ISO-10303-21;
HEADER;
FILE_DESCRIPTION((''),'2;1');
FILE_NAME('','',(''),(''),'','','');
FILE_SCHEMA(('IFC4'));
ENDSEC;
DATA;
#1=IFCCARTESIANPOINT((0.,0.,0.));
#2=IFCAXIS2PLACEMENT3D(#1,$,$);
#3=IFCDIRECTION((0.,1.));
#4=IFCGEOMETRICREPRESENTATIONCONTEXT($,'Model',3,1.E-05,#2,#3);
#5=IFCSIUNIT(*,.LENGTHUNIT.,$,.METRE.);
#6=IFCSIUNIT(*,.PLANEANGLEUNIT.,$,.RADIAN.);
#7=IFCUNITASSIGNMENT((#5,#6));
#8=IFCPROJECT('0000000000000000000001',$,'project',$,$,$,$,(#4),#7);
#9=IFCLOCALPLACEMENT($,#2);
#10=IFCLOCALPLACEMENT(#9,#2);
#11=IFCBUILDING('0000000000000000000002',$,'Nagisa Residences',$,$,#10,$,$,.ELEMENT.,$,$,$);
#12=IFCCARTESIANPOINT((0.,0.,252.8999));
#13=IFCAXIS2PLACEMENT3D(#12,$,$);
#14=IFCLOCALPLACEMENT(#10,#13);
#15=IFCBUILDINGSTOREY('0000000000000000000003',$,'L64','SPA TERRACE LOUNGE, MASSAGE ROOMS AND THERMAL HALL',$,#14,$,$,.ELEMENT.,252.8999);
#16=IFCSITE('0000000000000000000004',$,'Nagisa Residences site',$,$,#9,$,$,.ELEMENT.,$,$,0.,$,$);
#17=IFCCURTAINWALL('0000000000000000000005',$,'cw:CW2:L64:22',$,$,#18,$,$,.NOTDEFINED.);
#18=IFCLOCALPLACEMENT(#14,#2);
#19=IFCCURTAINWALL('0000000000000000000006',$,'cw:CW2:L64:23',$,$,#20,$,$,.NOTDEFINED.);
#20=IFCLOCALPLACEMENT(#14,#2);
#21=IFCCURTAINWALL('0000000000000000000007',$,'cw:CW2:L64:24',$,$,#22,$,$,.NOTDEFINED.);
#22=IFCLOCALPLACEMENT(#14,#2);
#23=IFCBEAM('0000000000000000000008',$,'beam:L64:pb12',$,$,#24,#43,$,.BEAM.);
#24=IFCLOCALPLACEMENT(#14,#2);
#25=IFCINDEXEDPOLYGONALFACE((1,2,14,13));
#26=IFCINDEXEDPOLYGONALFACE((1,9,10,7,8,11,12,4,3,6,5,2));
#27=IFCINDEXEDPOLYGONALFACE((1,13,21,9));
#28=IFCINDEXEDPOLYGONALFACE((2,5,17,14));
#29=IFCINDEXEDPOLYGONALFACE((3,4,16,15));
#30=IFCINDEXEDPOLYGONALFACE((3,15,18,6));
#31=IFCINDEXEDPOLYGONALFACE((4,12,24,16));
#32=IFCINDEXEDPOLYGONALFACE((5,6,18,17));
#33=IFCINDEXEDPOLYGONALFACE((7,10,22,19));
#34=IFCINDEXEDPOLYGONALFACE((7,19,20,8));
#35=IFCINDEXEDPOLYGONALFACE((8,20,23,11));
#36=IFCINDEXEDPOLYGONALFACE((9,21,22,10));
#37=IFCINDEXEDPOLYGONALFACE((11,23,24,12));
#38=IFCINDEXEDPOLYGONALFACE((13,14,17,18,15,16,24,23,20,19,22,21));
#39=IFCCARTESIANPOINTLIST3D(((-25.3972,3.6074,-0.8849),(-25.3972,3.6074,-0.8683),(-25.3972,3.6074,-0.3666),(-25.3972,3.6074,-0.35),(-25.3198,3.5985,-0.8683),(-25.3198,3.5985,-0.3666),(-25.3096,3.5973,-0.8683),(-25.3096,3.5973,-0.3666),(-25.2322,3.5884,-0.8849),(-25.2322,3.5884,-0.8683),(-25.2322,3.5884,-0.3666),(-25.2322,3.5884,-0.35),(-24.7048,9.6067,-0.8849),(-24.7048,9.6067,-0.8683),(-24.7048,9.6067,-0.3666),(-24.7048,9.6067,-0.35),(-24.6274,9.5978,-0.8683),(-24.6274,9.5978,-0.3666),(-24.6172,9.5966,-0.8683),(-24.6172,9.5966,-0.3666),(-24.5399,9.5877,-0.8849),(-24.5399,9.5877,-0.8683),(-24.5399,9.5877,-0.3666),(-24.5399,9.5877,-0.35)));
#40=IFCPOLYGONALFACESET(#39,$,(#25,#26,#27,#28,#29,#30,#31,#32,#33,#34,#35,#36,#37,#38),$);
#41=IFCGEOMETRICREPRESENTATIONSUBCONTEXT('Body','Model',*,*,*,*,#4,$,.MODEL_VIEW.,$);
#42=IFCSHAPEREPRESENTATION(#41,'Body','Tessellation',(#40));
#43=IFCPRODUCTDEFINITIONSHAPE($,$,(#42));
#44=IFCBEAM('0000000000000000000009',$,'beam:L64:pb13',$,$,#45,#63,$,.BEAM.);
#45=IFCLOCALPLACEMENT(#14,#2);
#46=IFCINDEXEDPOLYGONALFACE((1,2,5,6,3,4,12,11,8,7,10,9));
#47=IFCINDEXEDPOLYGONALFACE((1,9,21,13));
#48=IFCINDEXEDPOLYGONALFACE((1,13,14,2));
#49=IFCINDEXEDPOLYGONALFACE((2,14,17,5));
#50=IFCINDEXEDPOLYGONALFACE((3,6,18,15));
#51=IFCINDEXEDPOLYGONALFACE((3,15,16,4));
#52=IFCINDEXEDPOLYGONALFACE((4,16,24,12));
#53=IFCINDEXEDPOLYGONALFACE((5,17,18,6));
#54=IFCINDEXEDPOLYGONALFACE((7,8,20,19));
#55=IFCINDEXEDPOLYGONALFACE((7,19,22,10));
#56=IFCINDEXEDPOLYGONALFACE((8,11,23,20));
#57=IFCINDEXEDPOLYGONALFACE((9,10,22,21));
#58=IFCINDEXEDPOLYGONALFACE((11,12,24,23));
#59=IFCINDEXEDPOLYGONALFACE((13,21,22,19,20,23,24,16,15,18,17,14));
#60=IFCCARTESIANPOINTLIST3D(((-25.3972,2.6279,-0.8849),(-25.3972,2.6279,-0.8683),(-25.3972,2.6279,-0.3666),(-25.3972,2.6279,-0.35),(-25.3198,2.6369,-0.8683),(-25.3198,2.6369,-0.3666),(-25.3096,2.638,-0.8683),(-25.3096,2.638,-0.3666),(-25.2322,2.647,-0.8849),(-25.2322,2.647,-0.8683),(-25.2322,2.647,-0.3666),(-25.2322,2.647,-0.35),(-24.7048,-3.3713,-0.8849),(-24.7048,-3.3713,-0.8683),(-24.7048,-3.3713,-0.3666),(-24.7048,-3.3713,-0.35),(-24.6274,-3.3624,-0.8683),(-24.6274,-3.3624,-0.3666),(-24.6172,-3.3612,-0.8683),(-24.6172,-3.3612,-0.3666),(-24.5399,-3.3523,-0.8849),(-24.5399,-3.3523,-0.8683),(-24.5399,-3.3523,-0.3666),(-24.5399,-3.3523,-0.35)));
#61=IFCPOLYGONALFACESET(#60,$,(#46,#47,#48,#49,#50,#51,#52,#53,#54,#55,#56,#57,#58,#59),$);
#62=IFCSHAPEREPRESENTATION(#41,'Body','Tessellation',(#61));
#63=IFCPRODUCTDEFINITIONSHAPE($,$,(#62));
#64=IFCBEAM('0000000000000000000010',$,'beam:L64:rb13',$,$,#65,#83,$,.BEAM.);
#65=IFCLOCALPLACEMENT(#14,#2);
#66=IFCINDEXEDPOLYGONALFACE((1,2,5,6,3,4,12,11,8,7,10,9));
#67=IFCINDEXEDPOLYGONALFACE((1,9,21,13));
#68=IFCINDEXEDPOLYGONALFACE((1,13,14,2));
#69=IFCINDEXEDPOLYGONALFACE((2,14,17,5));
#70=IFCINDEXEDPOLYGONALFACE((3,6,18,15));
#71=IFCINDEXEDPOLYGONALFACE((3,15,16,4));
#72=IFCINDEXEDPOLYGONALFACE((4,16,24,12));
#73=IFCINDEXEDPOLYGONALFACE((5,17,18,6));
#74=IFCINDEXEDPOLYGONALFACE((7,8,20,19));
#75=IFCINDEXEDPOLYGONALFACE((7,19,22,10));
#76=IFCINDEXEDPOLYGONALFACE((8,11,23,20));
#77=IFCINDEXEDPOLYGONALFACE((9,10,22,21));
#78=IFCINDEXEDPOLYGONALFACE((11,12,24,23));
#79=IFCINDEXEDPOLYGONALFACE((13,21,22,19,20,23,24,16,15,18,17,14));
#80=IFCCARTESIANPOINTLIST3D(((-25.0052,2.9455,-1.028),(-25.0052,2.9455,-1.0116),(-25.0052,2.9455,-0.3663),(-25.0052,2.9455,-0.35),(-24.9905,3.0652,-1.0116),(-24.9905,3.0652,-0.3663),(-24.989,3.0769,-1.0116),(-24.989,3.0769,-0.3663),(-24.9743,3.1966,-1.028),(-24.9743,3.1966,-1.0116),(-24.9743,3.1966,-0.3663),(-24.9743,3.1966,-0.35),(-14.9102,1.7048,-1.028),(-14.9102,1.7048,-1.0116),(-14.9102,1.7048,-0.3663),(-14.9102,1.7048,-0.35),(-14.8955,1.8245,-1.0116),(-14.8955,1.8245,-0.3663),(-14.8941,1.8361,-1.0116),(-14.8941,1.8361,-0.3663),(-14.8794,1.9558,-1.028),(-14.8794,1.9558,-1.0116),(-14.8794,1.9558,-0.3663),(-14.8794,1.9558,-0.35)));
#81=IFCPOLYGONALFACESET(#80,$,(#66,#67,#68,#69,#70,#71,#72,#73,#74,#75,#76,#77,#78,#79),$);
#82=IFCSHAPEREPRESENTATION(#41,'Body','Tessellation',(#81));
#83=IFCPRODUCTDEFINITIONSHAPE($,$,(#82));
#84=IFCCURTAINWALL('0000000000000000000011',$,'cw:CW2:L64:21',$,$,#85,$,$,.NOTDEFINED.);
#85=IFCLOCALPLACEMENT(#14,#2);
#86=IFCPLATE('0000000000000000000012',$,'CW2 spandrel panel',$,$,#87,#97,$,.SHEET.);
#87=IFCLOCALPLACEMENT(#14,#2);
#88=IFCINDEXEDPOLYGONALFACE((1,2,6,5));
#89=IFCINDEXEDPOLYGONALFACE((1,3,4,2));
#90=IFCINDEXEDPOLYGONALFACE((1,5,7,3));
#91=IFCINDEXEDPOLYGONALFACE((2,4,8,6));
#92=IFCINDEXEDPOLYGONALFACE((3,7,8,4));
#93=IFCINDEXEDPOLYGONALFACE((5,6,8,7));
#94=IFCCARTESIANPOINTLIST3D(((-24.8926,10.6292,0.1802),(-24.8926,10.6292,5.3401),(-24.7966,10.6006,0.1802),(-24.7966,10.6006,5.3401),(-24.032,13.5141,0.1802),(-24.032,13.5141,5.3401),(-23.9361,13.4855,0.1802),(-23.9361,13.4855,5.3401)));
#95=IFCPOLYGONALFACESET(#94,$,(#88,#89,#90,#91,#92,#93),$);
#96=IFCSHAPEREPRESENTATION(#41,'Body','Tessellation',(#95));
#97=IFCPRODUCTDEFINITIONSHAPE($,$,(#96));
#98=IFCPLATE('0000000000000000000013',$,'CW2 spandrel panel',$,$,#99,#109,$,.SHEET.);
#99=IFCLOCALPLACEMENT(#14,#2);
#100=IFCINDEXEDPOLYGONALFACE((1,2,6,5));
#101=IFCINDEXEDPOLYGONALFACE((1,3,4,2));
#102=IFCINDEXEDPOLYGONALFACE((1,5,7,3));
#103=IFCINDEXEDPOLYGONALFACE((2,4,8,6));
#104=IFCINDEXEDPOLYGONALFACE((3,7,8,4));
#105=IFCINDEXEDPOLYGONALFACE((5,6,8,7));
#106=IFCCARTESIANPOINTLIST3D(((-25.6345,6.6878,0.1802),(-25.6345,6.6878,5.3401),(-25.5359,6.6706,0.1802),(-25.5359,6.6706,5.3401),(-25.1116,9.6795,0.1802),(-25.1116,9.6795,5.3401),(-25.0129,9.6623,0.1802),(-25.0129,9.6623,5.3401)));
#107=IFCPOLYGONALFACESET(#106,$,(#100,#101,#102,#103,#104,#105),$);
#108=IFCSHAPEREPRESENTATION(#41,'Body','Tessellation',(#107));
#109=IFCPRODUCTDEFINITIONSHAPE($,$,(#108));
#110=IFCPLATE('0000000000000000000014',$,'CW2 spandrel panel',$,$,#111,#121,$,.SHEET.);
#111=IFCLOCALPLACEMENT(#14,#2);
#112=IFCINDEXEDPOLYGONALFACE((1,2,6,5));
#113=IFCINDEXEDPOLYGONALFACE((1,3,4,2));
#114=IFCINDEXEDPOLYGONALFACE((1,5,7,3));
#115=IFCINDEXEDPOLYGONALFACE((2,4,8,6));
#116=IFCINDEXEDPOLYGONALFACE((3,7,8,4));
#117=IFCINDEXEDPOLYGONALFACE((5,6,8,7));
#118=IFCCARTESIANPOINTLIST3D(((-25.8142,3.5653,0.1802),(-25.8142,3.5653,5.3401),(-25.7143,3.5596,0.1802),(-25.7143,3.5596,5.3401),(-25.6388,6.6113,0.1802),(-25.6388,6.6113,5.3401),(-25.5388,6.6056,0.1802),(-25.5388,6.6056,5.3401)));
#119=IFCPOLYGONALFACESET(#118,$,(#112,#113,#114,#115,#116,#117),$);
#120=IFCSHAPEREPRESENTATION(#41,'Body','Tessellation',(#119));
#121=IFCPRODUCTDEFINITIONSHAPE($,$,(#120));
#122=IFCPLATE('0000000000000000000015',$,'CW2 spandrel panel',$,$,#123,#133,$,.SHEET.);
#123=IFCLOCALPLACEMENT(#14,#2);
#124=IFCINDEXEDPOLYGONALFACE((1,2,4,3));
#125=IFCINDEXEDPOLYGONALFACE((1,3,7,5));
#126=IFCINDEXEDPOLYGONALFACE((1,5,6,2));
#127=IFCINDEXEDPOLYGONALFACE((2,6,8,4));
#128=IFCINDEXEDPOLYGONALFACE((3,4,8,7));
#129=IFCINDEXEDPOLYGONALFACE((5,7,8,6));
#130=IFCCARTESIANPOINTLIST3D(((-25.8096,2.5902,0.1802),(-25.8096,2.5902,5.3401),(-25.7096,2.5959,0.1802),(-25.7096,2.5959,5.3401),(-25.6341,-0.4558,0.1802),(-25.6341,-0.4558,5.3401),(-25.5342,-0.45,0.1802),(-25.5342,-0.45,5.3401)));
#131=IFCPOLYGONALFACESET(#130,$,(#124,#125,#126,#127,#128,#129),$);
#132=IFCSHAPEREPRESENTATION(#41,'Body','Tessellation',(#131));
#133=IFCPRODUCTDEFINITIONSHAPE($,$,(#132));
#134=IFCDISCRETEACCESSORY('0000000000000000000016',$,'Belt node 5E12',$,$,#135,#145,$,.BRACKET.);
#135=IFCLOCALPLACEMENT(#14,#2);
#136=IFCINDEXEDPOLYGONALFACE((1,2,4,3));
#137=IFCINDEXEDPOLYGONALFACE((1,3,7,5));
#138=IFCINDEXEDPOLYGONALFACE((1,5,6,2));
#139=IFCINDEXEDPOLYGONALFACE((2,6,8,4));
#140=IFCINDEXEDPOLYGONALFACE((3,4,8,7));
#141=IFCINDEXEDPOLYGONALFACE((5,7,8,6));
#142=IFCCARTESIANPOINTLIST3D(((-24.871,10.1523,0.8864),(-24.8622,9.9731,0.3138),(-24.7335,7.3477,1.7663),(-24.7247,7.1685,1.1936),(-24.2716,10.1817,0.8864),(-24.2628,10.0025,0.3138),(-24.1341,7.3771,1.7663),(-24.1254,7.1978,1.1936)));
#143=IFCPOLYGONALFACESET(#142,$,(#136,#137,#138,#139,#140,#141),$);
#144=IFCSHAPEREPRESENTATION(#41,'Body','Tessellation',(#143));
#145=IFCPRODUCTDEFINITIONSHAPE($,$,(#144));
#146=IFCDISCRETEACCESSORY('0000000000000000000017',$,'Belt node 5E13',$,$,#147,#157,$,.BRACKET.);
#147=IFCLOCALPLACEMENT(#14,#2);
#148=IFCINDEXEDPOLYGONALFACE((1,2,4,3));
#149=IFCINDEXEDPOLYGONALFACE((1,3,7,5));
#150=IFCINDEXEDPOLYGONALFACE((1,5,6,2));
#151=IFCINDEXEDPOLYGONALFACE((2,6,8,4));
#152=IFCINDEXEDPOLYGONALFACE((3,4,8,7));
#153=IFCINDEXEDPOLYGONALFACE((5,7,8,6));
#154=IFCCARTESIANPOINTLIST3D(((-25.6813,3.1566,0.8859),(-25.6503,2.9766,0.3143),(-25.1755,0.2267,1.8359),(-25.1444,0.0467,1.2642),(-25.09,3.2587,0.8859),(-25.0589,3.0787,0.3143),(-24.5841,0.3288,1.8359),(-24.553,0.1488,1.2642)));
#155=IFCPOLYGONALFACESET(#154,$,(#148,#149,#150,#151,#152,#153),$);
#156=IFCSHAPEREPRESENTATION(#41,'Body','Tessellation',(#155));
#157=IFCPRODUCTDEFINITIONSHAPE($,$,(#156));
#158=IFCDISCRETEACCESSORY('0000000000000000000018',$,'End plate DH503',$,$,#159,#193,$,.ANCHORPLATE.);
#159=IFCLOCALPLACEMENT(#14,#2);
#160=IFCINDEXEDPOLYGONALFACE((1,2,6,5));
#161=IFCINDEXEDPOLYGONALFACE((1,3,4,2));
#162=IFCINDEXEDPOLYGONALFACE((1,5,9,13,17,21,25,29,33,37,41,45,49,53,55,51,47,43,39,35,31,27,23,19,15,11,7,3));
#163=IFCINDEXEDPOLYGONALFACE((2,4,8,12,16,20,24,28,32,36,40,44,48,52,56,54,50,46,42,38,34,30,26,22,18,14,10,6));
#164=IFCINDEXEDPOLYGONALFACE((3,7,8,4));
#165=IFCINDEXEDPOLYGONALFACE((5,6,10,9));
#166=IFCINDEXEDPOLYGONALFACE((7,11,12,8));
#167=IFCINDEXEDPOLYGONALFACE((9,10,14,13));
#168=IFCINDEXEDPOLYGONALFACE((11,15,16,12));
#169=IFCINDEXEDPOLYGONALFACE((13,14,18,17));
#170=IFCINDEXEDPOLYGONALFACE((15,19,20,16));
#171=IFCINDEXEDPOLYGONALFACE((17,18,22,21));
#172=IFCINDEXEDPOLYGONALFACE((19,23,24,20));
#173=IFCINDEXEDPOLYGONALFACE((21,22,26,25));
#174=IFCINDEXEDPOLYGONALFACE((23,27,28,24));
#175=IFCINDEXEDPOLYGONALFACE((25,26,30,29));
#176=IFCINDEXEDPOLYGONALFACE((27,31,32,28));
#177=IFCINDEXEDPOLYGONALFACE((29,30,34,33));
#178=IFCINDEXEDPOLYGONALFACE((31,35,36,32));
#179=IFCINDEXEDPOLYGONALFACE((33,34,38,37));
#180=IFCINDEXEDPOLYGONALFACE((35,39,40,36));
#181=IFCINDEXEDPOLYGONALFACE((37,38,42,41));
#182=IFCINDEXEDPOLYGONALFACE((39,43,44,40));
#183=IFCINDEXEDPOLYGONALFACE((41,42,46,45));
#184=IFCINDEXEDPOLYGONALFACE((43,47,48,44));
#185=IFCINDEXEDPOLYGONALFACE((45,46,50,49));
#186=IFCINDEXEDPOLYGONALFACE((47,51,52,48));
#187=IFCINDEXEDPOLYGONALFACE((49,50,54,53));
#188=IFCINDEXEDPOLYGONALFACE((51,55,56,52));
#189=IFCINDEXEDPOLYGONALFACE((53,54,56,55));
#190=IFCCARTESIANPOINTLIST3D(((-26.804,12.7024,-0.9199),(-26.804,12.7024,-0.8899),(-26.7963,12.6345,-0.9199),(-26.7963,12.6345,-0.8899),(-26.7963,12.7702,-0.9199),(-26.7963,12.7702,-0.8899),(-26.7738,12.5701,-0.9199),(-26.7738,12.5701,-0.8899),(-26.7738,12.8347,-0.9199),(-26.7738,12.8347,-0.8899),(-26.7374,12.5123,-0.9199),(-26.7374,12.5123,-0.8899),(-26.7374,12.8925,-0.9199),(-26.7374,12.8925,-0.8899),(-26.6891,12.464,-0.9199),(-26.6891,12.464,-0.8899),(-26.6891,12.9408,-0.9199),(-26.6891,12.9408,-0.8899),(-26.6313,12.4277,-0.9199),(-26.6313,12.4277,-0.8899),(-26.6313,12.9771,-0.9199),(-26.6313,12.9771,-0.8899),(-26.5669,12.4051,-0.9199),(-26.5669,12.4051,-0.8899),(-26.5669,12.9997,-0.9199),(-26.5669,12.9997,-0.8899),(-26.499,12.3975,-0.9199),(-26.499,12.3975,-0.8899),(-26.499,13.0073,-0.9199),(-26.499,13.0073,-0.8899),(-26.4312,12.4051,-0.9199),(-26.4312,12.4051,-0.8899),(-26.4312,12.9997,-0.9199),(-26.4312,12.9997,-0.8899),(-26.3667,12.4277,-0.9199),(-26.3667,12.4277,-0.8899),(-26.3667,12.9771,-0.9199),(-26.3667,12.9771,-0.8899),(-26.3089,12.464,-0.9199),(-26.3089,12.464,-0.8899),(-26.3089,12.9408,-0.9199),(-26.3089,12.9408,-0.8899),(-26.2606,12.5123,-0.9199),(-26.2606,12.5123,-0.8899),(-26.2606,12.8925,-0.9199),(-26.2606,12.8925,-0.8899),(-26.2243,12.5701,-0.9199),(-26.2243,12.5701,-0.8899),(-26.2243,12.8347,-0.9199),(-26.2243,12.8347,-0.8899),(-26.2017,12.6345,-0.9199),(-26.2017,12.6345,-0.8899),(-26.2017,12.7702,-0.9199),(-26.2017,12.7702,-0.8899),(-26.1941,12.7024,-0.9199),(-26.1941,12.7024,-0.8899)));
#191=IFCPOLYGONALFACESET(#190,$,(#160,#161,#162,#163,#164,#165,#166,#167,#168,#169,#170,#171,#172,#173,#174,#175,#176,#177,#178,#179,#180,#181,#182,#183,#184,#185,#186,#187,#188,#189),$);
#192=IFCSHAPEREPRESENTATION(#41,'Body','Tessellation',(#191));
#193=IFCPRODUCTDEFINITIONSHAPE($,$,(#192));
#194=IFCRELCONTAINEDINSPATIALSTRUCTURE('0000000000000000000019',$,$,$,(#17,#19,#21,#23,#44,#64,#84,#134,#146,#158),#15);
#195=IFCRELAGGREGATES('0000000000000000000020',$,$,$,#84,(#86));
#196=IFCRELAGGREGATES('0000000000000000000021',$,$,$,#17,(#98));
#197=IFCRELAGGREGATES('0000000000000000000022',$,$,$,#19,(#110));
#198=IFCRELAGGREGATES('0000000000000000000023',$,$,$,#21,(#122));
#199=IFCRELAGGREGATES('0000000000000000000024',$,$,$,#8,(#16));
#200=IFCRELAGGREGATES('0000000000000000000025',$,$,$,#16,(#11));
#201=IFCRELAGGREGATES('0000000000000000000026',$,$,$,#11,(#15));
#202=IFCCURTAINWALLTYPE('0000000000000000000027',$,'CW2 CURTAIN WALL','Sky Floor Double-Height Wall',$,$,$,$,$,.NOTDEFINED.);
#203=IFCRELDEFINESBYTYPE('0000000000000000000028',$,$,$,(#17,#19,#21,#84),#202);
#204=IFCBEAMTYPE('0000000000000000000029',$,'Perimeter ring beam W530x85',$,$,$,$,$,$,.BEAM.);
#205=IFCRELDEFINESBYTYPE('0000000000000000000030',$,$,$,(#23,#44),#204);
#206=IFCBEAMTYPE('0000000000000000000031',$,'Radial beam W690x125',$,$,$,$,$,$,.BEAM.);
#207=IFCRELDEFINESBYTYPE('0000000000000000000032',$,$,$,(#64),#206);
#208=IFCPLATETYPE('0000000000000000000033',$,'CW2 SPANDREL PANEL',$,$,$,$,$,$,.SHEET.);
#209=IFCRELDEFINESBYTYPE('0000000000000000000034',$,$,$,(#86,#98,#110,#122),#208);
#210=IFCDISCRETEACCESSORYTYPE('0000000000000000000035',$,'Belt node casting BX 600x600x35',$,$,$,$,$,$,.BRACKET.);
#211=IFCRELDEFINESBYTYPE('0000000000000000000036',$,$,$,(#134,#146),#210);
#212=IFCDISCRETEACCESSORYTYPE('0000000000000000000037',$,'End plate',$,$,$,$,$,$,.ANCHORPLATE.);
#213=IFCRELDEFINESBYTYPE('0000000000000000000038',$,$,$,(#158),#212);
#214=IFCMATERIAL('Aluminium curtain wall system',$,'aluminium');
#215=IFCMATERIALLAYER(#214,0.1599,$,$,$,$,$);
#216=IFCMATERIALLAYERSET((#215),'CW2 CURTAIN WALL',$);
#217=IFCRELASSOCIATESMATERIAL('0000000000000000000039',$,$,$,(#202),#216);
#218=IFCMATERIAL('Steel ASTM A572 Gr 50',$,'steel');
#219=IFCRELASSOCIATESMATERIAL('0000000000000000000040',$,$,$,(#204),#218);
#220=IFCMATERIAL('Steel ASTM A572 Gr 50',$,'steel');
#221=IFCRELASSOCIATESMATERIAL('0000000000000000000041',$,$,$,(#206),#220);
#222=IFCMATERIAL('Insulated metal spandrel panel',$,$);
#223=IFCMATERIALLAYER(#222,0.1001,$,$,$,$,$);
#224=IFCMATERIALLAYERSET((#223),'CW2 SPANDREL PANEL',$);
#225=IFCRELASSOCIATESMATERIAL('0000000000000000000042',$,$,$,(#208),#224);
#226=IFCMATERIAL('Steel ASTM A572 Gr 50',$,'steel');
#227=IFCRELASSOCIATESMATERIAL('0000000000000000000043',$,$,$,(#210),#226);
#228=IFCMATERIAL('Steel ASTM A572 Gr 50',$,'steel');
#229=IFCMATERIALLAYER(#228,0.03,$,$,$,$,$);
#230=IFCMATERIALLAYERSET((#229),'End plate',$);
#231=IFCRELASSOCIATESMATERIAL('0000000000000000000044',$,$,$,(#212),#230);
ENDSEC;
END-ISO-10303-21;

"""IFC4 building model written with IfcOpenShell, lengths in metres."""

from ifc_helpers import new_model, si_unit, direction, frame, origin, origin_2d, place, context, subcontext, project, spatial, rectangle, circle, i_section, extrude, material, layer, layer_set, material_profile, profile_set, type_object, element, aggregate, save


model = new_model("IFC4")

# Units and contexts
model_context = context("Model", 3, precision=1e-05, world=origin(), true_north=direction((0.0, 1.0)))
body_context = subcontext(model_context, "Body", "Model", "MODEL_VIEW")
ifc_project = project(units=[si_unit("LENGTHUNIT", "METRE"), si_unit("PLANEANGLEUNIT", "RADIAN")], contexts=[model_context])

# Site, building, storey
site_placement = place(None, origin())
site = spatial("IfcSite", under=ifc_project, at=site_placement, Name="Nagisa Residences site", CompositionType="ELEMENT", RefElevation=0.0)
building_placement = place(site_placement, origin())
building = spatial("IfcBuilding", under=site, at=building_placement, Name="Nagisa Residences", CompositionType="ELEMENT")
storey_placement = place(building_placement, frame((0.0, 0.0, 252.8999)))
storey = spatial("IfcBuildingStorey", under=building, at=storey_placement, Name="L64", Description="SPA TERRACE LOUNGE, MASSAGE ROOMS AND THERMAL HALL", CompositionType="ELEMENT", Elevation=252.8999)

# Curtain walls
ifc_material_1 = material(Name="Aluminium curtain wall system", Category="aluminium")
ifc_layer_1 = layer(ifc_material_1, 0.1599)
ifc_layer_set_1 = layer_set([ifc_layer_1], Name="CW2 CURTAIN WALL")
curtain_wall_type = type_object("IfcCurtainWallType", Name="CW2 CURTAIN WALL", Description="Sky Floor Double-Height Wall", PredefinedType="NOTDEFINED", material=ifc_layer_set_1)
curtain_wall_1_placement = place(storey_placement, origin())
curtain_wall_1 = element("IfcCurtainWall", 1, at=curtain_wall_1_placement, inside=storey, type_object=curtain_wall_type, Name="cw:CW2:L64:22", PredefinedType="NOTDEFINED")
curtain_wall_2_placement = place(storey_placement, origin())
curtain_wall_2 = element("IfcCurtainWall", 2, at=curtain_wall_2_placement, inside=storey, type_object=curtain_wall_type, Name="cw:CW2:L64:23", PredefinedType="NOTDEFINED")
curtain_wall_3_placement = place(storey_placement, origin())
curtain_wall_3 = element("IfcCurtainWall", 3, at=curtain_wall_3_placement, inside=storey, type_object=curtain_wall_type, Name="cw:CW2:L64:24", PredefinedType="NOTDEFINED")

# Beams
ifc_material_2 = material(Name="Steel ASTM A572 Gr 50", Category="steel")
ifc_material_profile_1 = material_profile(ifc_material_2, i_section(OverallWidth=0.166, OverallDepth=0.5349, WebThickness=0.0103, FlangeThickness=0.0166, at=origin_2d()), Name="W530x85")
ifc_profile_set_1 = profile_set([ifc_material_profile_1], Name="Steel ASTM A572 Gr 50")
beam_type_1 = type_object("IfcBeamType", Name="Perimeter ring beam W530x85", PredefinedType="BEAM", material=ifc_profile_set_1)
for number, where, z_axis, x_axis, name in (
    (4, (-24.6223, 9.5972, -0.6174), (-0.11465, -0.993406, 0.0), (0.993406, -0.11465, 0.0), "beam:L64:pb12"),
    (5, (-25.3147, 2.6375, -0.6174), (0.11465, -0.993406, 0.0), (0.993406, 0.11465, 0.0), "beam:L64:pb13"),
):
    element("IfcBeam", number, at=place(storey_placement, frame(where, z_axis=z_axis, x_axis=x_axis)), inside=storey, type_object=beam_type_1, Name=name, PredefinedType="BEAM", context=body_context, shape_type="SweptSolid", body=[
        extrude(i_section(OverallWidth=0.166, OverallDepth=0.5349, WebThickness=0.0103, FlangeThickness=0.0166, at=origin_2d()), origin(), (0.0, 0.0, 1.0), 6.0391),
    ])
ifc_material_3 = material(Name="Steel ASTM A572 Gr 50", Category="steel")
ifc_material_profile_2 = material_profile(ifc_material_3, i_section(OverallWidth=0.2529, OverallDepth=0.678, WebThickness=0.0117, FlangeThickness=0.0164, at=origin_2d()), Name="W690x125")
ifc_profile_set_2 = profile_set([ifc_material_profile_2], Name="Steel ASTM A572 Gr 50")
beam_type_2 = type_object("IfcBeamType", Name="Radial beam W690x125", PredefinedType="BEAM", material=ifc_profile_set_2)
beam_1_placement = place(storey_placement, frame((-24.9897, 3.071, -0.689), z_axis=(0.992532, -0.121987, 0.0), x_axis=(0.121987, 0.992532, 0.0)))
element("IfcBeam", 6, at=beam_1_placement, inside=storey, type_object=beam_type_2, Name="beam:L64:rb13", PredefinedType="BEAM", context=body_context, shape_type="SweptSolid", body=[
    extrude(i_section(OverallWidth=0.2529, OverallDepth=0.678, WebThickness=0.0117, FlangeThickness=0.0164, at=origin_2d()), origin(), (0.0, 0.0, 1.0), 10.1709),
])

# Curtain wall, plate
curtain_wall_4_placement = place(storey_placement, origin())
curtain_wall_4 = element("IfcCurtainWall", 7, at=curtain_wall_4_placement, inside=storey, type_object=curtain_wall_type, Name="cw:CW2:L64:21", PredefinedType="NOTDEFINED")
ifc_material_4 = material(Name="Insulated metal spandrel panel")
ifc_layer_2 = layer(ifc_material_4, 0.1001)
ifc_layer_set_2 = layer_set([ifc_layer_2], Name="CW2 SPANDREL PANEL")
plate_type = type_object("IfcPlateType", Name="CW2 SPANDREL PANEL", PredefinedType="SHEET", material=ifc_layer_set_2)
plate_1_placement = place(storey_placement, frame((-24.4143, 12.0574, 0.1802), z_axis=(0.0, 0.0, 1.0), x_axis=(-0.28586, -0.958271, 0.0)))
plate_1 = element("IfcPlate", 8, at=plate_1_placement, type_object=plate_type, Name="CW2 spandrel panel", PredefinedType="SHEET", context=body_context, shape_type="SweptSolid", body=[
    extrude(rectangle(XDim=3.0105, YDim=0.1001, at=origin_2d()), origin(), (0.0, 0.0, 1.0), 5.1599),
])
aggregate(curtain_wall_4, [plate_1])

# Plates
plate_2_placement = place(storey_placement, frame((-25.3237, 8.175, 0.1802), z_axis=(0.0, 0.0, 1.0), x_axis=(-0.172191, -0.985064, 0.0)))
plate_2 = element("IfcPlate", 9, at=plate_2_placement, type_object=plate_type, Name="CW2 spandrel panel", PredefinedType="SHEET", context=body_context, shape_type="SweptSolid", body=[
    extrude(rectangle(XDim=3.0371, YDim=0.1001, at=origin_2d()), origin(), (0.0, 0.0, 1.0), 5.1599),
])
aggregate(curtain_wall_1, [plate_2])
plate_3_placement = place(storey_placement, frame((-25.6765, 5.0854, 0.1802), z_axis=(0.0, 0.0, 1.0), x_axis=(-0.057503, -0.998345, 0.0)))
plate_3 = element("IfcPlate", 10, at=plate_3_placement, type_object=plate_type, Name="CW2 spandrel panel", PredefinedType="SHEET", context=body_context, shape_type="SweptSolid", body=[
    extrude(rectangle(XDim=3.051, YDim=0.1001, at=origin_2d()), origin(), (0.0, 0.0, 1.0), 5.1599),
])
aggregate(curtain_wall_2, [plate_3])
plate_4_placement = place(storey_placement, frame((-25.6719, 1.0701, 0.1802), z_axis=(0.0, 0.0, 1.0), x_axis=(0.057503, -0.998345, 0.0)))
plate_4 = element("IfcPlate", 11, at=plate_4_placement, type_object=plate_type, Name="CW2 spandrel panel", PredefinedType="SHEET", context=body_context, shape_type="SweptSolid", body=[
    extrude(rectangle(XDim=3.051, YDim=0.1001, at=origin_2d()), origin(), (0.0, 0.0, 1.0), 5.1599),
])
aggregate(curtain_wall_3, [plate_4])

# Discrete accessories
ifc_material_5 = material(Name="Steel ASTM A572 Gr 50", Category="steel")
discrete_accessory_type_1 = type_object("IfcDiscreteAccessoryType", Name="Belt node casting BX 600x600x35", PredefinedType="BRACKET", material=ifc_material_5)
discrete_accessory_1_placement = place(storey_placement, frame((-24.5669, 10.0774, 0.6001), z_axis=(0.04671, -0.953107, 0.299007), x_axis=(0.998801, 0.048949, 0.0)))
element("IfcDiscreteAccessory", 12, at=discrete_accessory_1_placement, inside=storey, type_object=discrete_accessory_type_1, Name="Belt node 5E12", PredefinedType="BRACKET", context=body_context, shape_type="SweptSolid", body=[
    extrude(rectangle(XDim=0.6001, YDim=0.6001, at=origin_2d()), origin(), (0.0, 0.0, 1.0), 2.9426),
])
discrete_accessory_2_placement = place(storey_placement, frame((-25.3701, 3.1177, 0.6001), z_axis=(0.162065, -0.938676, 0.30434), x_axis=(0.985421, 0.170135, 0.0)))
element("IfcDiscreteAccessory", 13, at=discrete_accessory_2_placement, inside=storey, type_object=discrete_accessory_type_1, Name="Belt node 5E13", PredefinedType="BRACKET", context=body_context, shape_type="SweptSolid", body=[
    extrude(rectangle(XDim=0.6001, YDim=0.6001, at=origin_2d()), origin(), (0.0, 0.0, 1.0), 3.1213),
])
ifc_material_6 = material(Name="Steel ASTM A572 Gr 50", Category="steel")
ifc_layer_3 = layer(ifc_material_6, 0.03)
ifc_layer_set_3 = layer_set([ifc_layer_3], Name="End plate")
discrete_accessory_type_2 = type_object("IfcDiscreteAccessoryType", Name="End plate", PredefinedType="ANCHORPLATE", material=ifc_layer_set_3)
discrete_accessory_3_placement = place(storey_placement, frame((-26.499, 12.7024, -0.8899), z_axis=(0.0, 0.0, -1.0), x_axis=(1.0, 0.0, 0.0)))
element("IfcDiscreteAccessory", 14, at=discrete_accessory_3_placement, inside=storey, type_object=discrete_accessory_type_2, Name="End plate DH503", PredefinedType="ANCHORPLATE", context=body_context, shape_type="SweptSolid", body=[
    extrude(circle(Radius=0.3049, at=origin_2d()), origin(), (0.0, 0.0, 1.0), 0.03),
])

save(model, "model.ifc")
